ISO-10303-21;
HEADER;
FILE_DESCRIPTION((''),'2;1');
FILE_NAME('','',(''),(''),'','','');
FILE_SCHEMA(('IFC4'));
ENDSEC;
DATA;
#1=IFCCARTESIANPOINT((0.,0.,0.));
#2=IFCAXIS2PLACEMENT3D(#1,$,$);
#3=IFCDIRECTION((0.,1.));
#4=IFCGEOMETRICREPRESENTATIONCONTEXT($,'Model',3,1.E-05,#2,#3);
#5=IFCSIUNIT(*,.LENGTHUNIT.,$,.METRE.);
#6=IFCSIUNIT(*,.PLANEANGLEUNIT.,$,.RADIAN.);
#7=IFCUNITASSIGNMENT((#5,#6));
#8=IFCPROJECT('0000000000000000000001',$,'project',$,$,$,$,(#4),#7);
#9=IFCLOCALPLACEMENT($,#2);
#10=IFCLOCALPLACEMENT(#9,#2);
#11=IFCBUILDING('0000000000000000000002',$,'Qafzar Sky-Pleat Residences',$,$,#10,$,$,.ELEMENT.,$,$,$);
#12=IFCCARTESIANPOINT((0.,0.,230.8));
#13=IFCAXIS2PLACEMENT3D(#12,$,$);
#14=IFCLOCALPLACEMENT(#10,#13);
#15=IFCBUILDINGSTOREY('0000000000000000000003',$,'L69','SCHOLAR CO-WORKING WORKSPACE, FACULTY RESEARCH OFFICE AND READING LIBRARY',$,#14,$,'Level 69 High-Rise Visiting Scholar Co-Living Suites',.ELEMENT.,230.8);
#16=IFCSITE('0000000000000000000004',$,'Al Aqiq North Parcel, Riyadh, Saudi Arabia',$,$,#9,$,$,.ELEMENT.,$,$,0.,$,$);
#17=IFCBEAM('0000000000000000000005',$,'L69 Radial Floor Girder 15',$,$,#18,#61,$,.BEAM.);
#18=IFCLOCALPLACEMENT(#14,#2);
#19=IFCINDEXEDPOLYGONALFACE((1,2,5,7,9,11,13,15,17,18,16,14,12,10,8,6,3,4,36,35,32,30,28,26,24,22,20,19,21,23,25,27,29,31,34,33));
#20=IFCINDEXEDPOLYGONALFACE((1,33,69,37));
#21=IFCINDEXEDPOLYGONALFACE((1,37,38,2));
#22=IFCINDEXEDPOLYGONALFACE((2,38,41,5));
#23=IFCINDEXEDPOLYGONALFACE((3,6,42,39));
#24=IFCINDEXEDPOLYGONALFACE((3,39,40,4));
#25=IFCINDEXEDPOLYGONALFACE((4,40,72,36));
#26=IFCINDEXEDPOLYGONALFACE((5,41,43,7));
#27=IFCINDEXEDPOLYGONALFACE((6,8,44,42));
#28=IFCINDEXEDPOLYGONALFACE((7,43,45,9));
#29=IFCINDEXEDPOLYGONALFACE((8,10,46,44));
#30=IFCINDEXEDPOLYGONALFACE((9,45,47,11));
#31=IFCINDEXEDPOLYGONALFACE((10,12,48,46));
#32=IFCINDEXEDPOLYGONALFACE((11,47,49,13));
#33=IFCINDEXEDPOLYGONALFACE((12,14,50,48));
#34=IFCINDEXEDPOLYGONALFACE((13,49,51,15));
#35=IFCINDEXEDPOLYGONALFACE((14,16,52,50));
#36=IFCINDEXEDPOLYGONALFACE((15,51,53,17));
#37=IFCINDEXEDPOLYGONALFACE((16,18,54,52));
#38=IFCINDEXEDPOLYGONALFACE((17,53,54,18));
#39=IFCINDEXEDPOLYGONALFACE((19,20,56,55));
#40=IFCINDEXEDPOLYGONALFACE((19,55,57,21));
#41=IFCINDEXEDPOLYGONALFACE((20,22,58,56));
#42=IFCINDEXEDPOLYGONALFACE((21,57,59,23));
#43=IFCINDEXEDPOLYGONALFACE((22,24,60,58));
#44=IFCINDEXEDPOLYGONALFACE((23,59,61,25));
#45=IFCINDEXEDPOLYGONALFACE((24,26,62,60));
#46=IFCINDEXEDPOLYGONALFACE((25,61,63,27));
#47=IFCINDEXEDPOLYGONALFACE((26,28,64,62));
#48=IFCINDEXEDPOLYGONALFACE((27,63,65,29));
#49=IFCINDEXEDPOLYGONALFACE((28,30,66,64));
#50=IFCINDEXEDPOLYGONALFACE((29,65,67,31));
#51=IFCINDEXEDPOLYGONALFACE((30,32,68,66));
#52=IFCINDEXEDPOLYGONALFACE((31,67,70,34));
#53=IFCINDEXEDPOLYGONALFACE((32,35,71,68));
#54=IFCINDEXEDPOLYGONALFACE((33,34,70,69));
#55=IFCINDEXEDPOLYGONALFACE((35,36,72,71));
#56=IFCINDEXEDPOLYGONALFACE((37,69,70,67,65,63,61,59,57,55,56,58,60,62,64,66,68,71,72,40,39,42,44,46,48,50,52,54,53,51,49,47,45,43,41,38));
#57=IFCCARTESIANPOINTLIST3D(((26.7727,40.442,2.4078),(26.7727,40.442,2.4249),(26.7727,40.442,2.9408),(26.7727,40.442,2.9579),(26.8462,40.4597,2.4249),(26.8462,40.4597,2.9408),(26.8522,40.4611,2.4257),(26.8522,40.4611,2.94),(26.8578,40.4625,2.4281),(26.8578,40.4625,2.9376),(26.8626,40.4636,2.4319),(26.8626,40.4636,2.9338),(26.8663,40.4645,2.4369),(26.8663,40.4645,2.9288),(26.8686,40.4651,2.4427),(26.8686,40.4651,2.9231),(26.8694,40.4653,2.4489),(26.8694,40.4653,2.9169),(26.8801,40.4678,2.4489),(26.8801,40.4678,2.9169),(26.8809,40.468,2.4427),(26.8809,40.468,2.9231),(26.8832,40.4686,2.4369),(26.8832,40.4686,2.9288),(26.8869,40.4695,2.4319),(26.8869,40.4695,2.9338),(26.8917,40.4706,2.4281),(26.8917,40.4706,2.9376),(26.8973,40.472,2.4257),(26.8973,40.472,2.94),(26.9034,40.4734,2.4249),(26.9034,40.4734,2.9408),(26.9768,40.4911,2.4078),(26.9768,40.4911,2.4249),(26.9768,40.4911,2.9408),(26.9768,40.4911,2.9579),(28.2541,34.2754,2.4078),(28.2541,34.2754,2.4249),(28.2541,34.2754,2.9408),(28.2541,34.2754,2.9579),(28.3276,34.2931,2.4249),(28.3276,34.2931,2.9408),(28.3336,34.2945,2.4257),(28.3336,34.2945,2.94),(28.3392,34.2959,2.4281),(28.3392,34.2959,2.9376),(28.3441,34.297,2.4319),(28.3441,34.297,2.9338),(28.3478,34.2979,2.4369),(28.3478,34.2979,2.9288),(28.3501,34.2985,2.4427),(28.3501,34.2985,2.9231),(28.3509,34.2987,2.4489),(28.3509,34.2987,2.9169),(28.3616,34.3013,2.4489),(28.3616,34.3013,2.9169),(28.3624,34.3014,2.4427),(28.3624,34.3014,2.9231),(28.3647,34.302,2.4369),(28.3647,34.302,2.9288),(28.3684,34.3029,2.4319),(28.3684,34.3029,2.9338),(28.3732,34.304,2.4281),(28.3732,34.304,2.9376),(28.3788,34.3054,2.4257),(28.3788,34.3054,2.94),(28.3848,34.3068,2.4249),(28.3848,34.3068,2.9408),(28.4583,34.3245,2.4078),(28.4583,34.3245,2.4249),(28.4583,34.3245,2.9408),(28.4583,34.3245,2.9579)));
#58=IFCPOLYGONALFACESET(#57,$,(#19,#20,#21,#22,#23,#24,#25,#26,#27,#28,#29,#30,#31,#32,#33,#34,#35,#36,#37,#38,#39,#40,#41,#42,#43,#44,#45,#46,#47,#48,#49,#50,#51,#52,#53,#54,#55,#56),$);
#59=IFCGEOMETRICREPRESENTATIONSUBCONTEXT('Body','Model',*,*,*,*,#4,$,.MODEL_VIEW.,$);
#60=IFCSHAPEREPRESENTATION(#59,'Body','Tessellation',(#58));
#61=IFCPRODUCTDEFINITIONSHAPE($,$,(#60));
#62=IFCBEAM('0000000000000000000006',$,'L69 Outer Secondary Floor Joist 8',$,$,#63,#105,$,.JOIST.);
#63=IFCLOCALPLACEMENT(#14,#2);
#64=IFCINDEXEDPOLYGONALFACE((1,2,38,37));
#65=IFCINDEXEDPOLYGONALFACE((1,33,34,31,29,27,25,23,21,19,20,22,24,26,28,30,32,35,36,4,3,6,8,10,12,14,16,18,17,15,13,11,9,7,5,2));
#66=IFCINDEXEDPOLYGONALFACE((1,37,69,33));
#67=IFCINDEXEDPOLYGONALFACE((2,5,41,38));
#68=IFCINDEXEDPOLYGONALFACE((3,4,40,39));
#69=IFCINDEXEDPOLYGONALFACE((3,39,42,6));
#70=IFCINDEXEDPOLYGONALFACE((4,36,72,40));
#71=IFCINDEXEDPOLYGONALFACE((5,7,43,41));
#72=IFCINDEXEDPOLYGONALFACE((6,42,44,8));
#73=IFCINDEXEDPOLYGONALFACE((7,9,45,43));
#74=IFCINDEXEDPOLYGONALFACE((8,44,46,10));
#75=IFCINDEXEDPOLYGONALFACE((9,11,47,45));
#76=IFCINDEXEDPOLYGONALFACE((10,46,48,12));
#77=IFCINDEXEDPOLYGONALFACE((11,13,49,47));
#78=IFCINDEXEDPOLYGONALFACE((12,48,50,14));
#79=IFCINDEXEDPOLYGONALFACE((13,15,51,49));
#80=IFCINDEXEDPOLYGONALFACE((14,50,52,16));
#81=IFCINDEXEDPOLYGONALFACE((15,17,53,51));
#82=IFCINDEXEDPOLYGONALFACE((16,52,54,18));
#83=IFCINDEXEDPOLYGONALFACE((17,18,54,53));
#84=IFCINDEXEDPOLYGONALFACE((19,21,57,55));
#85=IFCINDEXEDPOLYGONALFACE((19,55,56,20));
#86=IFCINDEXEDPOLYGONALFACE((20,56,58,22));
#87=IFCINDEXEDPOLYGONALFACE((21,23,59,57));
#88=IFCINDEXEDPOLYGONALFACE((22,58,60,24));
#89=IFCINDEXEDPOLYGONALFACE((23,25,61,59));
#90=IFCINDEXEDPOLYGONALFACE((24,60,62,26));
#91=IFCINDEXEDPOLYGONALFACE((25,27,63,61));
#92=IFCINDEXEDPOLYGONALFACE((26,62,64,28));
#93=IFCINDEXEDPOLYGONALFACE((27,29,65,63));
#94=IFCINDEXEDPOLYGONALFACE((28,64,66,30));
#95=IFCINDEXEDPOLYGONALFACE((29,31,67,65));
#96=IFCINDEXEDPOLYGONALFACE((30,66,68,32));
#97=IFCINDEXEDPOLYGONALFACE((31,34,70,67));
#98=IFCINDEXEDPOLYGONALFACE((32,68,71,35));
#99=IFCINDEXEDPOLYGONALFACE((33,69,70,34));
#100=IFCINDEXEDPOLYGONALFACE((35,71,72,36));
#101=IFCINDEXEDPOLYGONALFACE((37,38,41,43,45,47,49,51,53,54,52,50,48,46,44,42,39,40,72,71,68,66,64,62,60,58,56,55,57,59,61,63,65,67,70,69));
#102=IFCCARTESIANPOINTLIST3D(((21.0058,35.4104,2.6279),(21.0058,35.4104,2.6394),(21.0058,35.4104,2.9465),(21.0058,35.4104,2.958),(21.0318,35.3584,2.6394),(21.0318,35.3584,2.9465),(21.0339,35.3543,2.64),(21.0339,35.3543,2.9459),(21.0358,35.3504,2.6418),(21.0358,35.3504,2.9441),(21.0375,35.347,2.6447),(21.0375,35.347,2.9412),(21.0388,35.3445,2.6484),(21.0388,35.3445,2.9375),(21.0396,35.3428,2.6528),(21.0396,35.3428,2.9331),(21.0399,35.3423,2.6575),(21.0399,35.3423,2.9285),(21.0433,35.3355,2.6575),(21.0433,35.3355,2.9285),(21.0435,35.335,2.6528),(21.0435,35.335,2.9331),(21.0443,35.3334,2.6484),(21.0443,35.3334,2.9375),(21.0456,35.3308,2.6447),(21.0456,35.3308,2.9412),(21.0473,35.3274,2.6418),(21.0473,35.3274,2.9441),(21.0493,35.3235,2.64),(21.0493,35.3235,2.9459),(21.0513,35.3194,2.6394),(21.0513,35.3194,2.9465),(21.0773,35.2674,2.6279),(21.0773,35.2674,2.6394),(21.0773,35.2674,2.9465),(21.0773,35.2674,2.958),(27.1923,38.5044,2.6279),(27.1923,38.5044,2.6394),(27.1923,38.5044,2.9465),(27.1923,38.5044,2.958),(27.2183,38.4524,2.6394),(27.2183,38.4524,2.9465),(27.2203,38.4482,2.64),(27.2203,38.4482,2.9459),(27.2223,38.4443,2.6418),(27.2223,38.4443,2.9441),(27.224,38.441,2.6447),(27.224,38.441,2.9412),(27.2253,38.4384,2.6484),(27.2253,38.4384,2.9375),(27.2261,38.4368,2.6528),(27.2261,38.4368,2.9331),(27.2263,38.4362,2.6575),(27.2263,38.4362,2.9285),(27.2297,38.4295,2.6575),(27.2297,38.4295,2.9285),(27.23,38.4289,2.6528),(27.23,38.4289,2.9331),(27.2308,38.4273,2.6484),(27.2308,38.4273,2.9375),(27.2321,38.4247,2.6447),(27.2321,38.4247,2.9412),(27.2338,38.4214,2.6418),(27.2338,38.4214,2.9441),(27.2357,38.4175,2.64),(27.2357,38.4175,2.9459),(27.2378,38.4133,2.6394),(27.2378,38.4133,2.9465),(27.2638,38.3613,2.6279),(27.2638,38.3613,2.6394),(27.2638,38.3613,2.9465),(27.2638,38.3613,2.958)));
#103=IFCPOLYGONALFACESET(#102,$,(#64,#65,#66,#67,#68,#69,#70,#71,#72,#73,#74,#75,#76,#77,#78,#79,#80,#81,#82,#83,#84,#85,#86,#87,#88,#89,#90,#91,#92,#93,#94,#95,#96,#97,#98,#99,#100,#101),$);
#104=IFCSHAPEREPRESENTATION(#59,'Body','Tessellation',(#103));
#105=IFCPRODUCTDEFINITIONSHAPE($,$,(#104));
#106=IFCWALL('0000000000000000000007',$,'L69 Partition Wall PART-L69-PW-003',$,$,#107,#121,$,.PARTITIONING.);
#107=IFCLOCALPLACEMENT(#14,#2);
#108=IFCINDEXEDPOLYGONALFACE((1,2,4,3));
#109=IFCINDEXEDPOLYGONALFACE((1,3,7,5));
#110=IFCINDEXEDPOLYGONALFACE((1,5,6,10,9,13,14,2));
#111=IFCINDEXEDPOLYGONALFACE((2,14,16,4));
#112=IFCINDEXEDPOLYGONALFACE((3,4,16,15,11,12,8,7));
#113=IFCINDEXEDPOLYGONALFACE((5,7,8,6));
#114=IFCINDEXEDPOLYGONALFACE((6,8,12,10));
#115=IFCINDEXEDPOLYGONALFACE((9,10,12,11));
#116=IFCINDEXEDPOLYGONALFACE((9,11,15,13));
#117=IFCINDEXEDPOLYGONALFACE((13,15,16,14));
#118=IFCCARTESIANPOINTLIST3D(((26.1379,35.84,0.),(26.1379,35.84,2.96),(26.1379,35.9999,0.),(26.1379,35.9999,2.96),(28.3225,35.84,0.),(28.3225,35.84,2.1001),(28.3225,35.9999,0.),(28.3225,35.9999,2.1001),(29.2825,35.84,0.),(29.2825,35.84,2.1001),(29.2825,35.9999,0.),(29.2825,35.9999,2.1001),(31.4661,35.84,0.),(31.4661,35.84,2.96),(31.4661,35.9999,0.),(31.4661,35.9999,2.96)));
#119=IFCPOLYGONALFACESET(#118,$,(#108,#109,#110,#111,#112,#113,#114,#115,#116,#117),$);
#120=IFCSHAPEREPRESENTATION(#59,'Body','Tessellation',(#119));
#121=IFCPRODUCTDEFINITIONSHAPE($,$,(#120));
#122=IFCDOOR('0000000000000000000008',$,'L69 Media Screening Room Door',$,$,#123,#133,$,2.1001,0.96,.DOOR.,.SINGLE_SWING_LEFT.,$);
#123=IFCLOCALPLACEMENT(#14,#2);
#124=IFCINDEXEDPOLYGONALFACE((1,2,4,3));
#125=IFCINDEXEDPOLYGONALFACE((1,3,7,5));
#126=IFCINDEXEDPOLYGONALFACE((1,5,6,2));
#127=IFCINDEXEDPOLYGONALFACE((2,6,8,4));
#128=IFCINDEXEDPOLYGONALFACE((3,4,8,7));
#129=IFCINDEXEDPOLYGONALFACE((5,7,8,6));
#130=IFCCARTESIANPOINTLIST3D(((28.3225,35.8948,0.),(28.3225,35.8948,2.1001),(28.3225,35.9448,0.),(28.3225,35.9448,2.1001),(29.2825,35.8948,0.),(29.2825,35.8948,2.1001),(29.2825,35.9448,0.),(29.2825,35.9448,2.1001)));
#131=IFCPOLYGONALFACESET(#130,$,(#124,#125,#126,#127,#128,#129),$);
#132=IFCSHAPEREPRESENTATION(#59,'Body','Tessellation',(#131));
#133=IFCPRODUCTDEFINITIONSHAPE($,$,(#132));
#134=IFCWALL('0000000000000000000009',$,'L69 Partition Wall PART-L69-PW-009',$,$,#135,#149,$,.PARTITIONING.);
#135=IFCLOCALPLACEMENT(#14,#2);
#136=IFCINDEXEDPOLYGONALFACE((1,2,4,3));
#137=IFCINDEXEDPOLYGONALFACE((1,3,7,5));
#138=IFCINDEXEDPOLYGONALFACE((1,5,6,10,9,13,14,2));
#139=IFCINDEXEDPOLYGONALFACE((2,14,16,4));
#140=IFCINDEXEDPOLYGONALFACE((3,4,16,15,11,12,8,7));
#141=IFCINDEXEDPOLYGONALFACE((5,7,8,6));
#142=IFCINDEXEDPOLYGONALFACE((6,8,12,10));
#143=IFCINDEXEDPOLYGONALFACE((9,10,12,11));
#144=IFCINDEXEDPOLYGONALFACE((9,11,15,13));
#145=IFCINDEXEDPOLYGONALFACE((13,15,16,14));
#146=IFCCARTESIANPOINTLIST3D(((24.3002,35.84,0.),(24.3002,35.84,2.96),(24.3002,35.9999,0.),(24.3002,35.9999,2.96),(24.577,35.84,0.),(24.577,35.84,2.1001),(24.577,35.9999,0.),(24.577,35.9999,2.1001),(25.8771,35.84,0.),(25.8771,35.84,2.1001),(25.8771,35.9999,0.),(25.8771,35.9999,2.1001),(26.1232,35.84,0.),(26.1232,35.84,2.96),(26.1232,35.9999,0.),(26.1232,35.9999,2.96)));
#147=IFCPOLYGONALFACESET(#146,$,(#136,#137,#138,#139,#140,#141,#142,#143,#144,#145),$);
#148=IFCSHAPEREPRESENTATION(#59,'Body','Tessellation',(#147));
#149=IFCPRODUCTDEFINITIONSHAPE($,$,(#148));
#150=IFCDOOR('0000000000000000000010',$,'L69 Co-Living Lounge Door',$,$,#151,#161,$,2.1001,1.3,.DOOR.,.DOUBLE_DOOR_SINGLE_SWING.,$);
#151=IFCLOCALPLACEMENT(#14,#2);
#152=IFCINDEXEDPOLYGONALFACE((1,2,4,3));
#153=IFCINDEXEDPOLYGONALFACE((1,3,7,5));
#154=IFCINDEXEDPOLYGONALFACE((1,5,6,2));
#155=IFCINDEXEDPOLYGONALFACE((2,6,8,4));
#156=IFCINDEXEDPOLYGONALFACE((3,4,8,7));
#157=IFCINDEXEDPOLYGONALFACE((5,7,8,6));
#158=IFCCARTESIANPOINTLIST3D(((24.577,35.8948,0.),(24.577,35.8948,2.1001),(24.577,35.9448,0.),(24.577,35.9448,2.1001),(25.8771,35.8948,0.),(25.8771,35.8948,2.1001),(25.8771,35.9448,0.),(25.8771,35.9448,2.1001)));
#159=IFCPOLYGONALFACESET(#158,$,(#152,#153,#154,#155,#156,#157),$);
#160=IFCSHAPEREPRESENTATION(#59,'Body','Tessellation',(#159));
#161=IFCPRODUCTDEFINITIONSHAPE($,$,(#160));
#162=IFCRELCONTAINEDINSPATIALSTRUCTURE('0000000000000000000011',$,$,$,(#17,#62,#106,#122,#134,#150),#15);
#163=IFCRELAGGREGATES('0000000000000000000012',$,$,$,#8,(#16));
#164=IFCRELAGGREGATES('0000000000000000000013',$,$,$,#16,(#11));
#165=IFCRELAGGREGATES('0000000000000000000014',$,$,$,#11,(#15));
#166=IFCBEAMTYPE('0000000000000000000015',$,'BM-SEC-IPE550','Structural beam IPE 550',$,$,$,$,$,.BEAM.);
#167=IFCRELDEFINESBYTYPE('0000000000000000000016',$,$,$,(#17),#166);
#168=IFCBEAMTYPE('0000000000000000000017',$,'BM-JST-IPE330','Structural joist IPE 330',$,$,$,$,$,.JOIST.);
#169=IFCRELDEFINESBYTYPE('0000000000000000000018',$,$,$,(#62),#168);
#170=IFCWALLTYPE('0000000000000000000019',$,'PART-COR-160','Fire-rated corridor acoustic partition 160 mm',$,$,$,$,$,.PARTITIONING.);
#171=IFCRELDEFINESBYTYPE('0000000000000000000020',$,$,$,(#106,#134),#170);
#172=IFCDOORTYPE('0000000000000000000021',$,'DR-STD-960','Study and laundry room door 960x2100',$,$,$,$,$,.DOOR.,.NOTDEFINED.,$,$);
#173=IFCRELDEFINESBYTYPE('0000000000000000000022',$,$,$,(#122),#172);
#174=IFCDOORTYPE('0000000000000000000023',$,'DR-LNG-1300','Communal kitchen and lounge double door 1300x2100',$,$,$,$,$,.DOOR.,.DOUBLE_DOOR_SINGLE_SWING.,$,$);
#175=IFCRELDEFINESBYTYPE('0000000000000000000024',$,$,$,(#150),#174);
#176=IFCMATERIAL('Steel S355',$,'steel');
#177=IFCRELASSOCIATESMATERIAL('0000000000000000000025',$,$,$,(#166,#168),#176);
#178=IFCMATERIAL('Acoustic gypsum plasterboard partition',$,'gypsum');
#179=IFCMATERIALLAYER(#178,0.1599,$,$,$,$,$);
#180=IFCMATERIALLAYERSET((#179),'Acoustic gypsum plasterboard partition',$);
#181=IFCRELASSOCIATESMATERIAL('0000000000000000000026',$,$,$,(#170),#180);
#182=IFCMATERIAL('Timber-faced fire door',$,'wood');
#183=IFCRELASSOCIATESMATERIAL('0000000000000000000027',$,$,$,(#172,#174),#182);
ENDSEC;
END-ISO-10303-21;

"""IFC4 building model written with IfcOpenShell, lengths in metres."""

from ifc_helpers import new_model, si_unit, direction, frame, frame_2d, origin, origin_2d, place, context, subcontext, project, spatial, rectangle, i_section, extrude, source, transform, mapped, material, layer, layer_set, material_profile, profile_set, type_object, element, fill, save


model = new_model("IFC4")

# Units and contexts
model_context = context("Model", 3, precision=1e-05, world=origin(), true_north=direction((0.0, 1.0)))
body_context = subcontext(model_context, "Body", "Model", "MODEL_VIEW")
ifc_project = project(units=[si_unit("LENGTHUNIT", "METRE"), si_unit("PLANEANGLEUNIT", "RADIAN")], contexts=[model_context])

# Site, building, storey
site_placement = place(None, origin())
site = spatial("IfcSite", under=ifc_project, at=site_placement, Name="Al Aqiq North Parcel, Riyadh, Saudi Arabia", CompositionType="ELEMENT", RefElevation=0.0)
building_placement = place(site_placement, origin())
building = spatial("IfcBuilding", under=site, at=building_placement, Name="Qafzar Sky-Pleat Residences", CompositionType="ELEMENT")
storey_placement = place(building_placement, frame((0.0, 0.0, 230.8)))
storey = spatial("IfcBuildingStorey", under=building, at=storey_placement, Name="L69", Description="SCHOLAR CO-WORKING WORKSPACE, FACULTY RESEARCH OFFICE AND READING LIBRARY", LongName="Level 69 High-Rise Visiting Scholar Co-Living Suites", CompositionType="ELEMENT", Elevation=230.8)

# Shared definitions
ifc_material_1 = material(Name="Steel S355", Category="steel")

# Beams
ifc_material_profile_1 = material_profile(ifc_material_1, i_section(OverallWidth=0.21, OverallDepth=0.55, WebThickness=0.011, FlangeThickness=0.0171, FilletRadius=0.0239, at=origin_2d()), Name="IPE 550")
ifc_profile_set_1 = profile_set([ifc_material_profile_1], Name="Steel S355")
beam_type_1 = type_object("IfcBeamType", Name="BM-SEC-IPE550", Description="Structural beam IPE 550", PredefinedType="BEAM", material=ifc_profile_set_1)
shared_shape_1 = source(origin(), body_context, "Body", "SweptSolid", [
    extrude(i_section(OverallWidth=0.21, OverallDepth=0.55, WebThickness=0.011, FlangeThickness=0.0171, FilletRadius=0.0239, at=origin_2d()), origin(), (0.0, 0.0, 1.0), 6.342),
])
beam_1_placement = place(storey_placement, frame((26.8748, 40.4666, 2.6829), z_axis=(0.233594, -0.972334, 0.0), x_axis=(0.972334, 0.233594, 0.0)))
element("IfcBeam", 1, at=beam_1_placement, inside=storey, type_object=beam_type_1, Name="L69 Radial Floor Girder 15", PredefinedType="BEAM", context=body_context, shape_type="MappedRepresentation", body=[
    mapped(shared_shape_1, transform((0.0, 0.0, 0.0), x_axis=(1.0, 0.0, 0.0), y_axis=(0.0, 1.0, 0.0), z_axis=(0.0, 0.0, 1.0), scale=1.0)),
])
ifc_material_profile_2 = material_profile(ifc_material_1, i_section(OverallWidth=0.1599, OverallDepth=0.3301, WebThickness=0.0076, FlangeThickness=0.0115, FilletRadius=0.0181, at=origin_2d()), Name="IPE 330")
ifc_profile_set_2 = profile_set([ifc_material_profile_2], Name="Steel S355")
beam_type_2 = type_object("IfcBeamType", Name="BM-JST-IPE330", Description="Structural joist IPE 330", PredefinedType="JOIST", material=ifc_profile_set_2)
shared_shape_2 = source(origin(), body_context, "Body", "SweptSolid", [
    extrude(i_section(OverallWidth=0.1599, OverallDepth=0.3301, WebThickness=0.0076, FlangeThickness=0.0115, FilletRadius=0.0181, at=origin_2d()), origin(), (0.0, 0.0, 1.0), 6.917),
])
beam_2_placement = place(storey_placement, frame((27.228, 38.4329, 2.793), z_axis=(-0.894385, -0.447298, 0.0), x_axis=(0.447298, -0.894385, 0.0)))
element("IfcBeam", 2, at=beam_2_placement, inside=storey, type_object=beam_type_2, Name="L69 Outer Secondary Floor Joist 8", PredefinedType="JOIST", context=body_context, shape_type="MappedRepresentation", body=[
    mapped(shared_shape_2, transform((0.0, 0.0, 0.0), x_axis=(1.0, 0.0, 0.0), y_axis=(0.0, 1.0, 0.0), z_axis=(0.0, 0.0, 1.0), scale=1.0)),
])

# Walls, openings, doors
ifc_material_2 = material(Name="Acoustic gypsum plasterboard partition", Category="gypsum")
ifc_layer_1 = layer(ifc_material_2, 0.1599)
ifc_layer_set_1 = layer_set([ifc_layer_1], Name="Acoustic gypsum plasterboard partition")
wall_type_1 = type_object("IfcWallType", Name="PART-COR-160", Description="Fire-rated corridor acoustic partition 160 mm", PredefinedType="PARTITIONING", material=ifc_layer_set_1)
wall_1_placement = place(storey_placement, frame((26.1379, 35.9199, 0.0), z_axis=(0.0, 0.0, 1.0), x_axis=(1.0, 0.0, 0.0)))
wall_1 = element("IfcWall", 3, at=wall_1_placement, inside=storey, type_object=wall_type_1, Name="L69 Partition Wall PART-L69-PW-003", PredefinedType="PARTITIONING", context=body_context, shape_type="SweptSolid", body=[
    extrude(rectangle(XDim=5.3281, YDim=0.1599, at=frame_2d((2.6641, 0.0))), origin(), (0.0, 0.0, 1.0), 2.96),
])
opening_1_placement = place(wall_1_placement, frame((2.1846, 0.0, 0.0)))
opening_1 = element("IfcOpeningElement", 4, at=opening_1_placement, cuts=wall_1, PredefinedType="OPENING", context=body_context, shape_type="SweptSolid", body=[
    extrude(rectangle(XDim=0.96, YDim=2.1001, at=frame_2d((0.48, 1.05))), frame((0.0, 0.0898, 0.0), z_axis=(0.0, -1.0, 0.0), x_axis=(1.0, 0.0, 0.0)), (0.0, 0.0, 1.0), 0.1799),
])
ifc_material_3 = material(Name="Timber-faced fire door", Category="wood")
door_type_1 = type_object("IfcDoorType", Name="DR-STD-960", Description="Study and laundry room door 960x2100", OperationType="NOTDEFINED", PredefinedType="DOOR", material=ifc_material_3)
shared_shape_3 = source(origin(), body_context, "Body", "SweptSolid", [
    extrude(rectangle(XDim=0.96, YDim=2.1001, at=frame_2d((0.48, 1.05))), frame((0.0, 0.0249, 0.0), z_axis=(0.0, -1.0, 0.0), x_axis=(1.0, 0.0, 0.0)), (0.0, 0.0, 1.0), 0.05),
])
door_1_placement = place(opening_1_placement, origin())
door_1 = element("IfcDoor", 5, at=door_1_placement, inside=storey, type_object=door_type_1, Name="L69 Media Screening Room Door", OperationType="SINGLE_SWING_LEFT", OverallHeight=2.1001, OverallWidth=0.96, PredefinedType="DOOR", context=body_context, shape_type="MappedRepresentation", body=[
    mapped(shared_shape_3, transform((0.0, 0.0, 0.0), x_axis=(1.0, 0.0, 0.0), y_axis=(0.0, 1.0, 0.0), z_axis=(0.0, 0.0, 1.0), scale=1.0)),
])
fill(opening_1, door_1)
wall_2_placement = place(storey_placement, frame((24.3, 35.9199, 0.0), z_axis=(0.0, 0.0, 1.0), x_axis=(1.0, 0.0, 0.0)))
wall_2 = element("IfcWall", 6, at=wall_2_placement, inside=storey, type_object=wall_type_1, Name="L69 Partition Wall PART-L69-PW-009", PredefinedType="PARTITIONING", context=body_context, shape_type="SweptSolid", body=[
    extrude(rectangle(XDim=1.823, YDim=0.1599, at=frame_2d((0.9116, 0.0))), origin(), (0.0, 0.0, 1.0), 2.96),
])
opening_2_placement = place(wall_2_placement, frame((0.2771, 0.0, 0.0)))
opening_2 = element("IfcOpeningElement", 7, at=opening_2_placement, cuts=wall_2, PredefinedType="OPENING", context=body_context, shape_type="SweptSolid", body=[
    extrude(rectangle(XDim=1.3, YDim=2.1001, at=frame_2d((0.6499, 1.05))), frame((0.0, 0.0898, 0.0), z_axis=(0.0, -1.0, 0.0), x_axis=(1.0, 0.0, 0.0)), (0.0, 0.0, 1.0), 0.1799),
])
door_type_2 = type_object("IfcDoorType", Name="DR-LNG-1300", Description="Communal kitchen and lounge double door 1300x2100", OperationType="DOUBLE_DOOR_SINGLE_SWING", PredefinedType="DOOR", material=ifc_material_3)
shared_shape_4 = source(origin(), body_context, "Body", "SweptSolid", [
    extrude(rectangle(XDim=1.3, YDim=2.1001, at=frame_2d((0.6499, 1.05))), frame((0.0, 0.0249, 0.0), z_axis=(0.0, -1.0, 0.0), x_axis=(1.0, 0.0, 0.0)), (0.0, 0.0, 1.0), 0.05),
])
door_2_placement = place(opening_2_placement, origin())
door_2 = element("IfcDoor", 8, at=door_2_placement, inside=storey, type_object=door_type_2, Name="L69 Co-Living Lounge Door", OperationType="DOUBLE_DOOR_SINGLE_SWING", OverallHeight=2.1001, OverallWidth=1.3, PredefinedType="DOOR", context=body_context, shape_type="MappedRepresentation", body=[
    mapped(shared_shape_4, transform((0.0, 0.0, 0.0), x_axis=(1.0, 0.0, 0.0), y_axis=(0.0, 1.0, 0.0), z_axis=(0.0, 0.0, 1.0), scale=1.0)),
])
fill(opening_2, door_2)

save(model, "model.ifc")
